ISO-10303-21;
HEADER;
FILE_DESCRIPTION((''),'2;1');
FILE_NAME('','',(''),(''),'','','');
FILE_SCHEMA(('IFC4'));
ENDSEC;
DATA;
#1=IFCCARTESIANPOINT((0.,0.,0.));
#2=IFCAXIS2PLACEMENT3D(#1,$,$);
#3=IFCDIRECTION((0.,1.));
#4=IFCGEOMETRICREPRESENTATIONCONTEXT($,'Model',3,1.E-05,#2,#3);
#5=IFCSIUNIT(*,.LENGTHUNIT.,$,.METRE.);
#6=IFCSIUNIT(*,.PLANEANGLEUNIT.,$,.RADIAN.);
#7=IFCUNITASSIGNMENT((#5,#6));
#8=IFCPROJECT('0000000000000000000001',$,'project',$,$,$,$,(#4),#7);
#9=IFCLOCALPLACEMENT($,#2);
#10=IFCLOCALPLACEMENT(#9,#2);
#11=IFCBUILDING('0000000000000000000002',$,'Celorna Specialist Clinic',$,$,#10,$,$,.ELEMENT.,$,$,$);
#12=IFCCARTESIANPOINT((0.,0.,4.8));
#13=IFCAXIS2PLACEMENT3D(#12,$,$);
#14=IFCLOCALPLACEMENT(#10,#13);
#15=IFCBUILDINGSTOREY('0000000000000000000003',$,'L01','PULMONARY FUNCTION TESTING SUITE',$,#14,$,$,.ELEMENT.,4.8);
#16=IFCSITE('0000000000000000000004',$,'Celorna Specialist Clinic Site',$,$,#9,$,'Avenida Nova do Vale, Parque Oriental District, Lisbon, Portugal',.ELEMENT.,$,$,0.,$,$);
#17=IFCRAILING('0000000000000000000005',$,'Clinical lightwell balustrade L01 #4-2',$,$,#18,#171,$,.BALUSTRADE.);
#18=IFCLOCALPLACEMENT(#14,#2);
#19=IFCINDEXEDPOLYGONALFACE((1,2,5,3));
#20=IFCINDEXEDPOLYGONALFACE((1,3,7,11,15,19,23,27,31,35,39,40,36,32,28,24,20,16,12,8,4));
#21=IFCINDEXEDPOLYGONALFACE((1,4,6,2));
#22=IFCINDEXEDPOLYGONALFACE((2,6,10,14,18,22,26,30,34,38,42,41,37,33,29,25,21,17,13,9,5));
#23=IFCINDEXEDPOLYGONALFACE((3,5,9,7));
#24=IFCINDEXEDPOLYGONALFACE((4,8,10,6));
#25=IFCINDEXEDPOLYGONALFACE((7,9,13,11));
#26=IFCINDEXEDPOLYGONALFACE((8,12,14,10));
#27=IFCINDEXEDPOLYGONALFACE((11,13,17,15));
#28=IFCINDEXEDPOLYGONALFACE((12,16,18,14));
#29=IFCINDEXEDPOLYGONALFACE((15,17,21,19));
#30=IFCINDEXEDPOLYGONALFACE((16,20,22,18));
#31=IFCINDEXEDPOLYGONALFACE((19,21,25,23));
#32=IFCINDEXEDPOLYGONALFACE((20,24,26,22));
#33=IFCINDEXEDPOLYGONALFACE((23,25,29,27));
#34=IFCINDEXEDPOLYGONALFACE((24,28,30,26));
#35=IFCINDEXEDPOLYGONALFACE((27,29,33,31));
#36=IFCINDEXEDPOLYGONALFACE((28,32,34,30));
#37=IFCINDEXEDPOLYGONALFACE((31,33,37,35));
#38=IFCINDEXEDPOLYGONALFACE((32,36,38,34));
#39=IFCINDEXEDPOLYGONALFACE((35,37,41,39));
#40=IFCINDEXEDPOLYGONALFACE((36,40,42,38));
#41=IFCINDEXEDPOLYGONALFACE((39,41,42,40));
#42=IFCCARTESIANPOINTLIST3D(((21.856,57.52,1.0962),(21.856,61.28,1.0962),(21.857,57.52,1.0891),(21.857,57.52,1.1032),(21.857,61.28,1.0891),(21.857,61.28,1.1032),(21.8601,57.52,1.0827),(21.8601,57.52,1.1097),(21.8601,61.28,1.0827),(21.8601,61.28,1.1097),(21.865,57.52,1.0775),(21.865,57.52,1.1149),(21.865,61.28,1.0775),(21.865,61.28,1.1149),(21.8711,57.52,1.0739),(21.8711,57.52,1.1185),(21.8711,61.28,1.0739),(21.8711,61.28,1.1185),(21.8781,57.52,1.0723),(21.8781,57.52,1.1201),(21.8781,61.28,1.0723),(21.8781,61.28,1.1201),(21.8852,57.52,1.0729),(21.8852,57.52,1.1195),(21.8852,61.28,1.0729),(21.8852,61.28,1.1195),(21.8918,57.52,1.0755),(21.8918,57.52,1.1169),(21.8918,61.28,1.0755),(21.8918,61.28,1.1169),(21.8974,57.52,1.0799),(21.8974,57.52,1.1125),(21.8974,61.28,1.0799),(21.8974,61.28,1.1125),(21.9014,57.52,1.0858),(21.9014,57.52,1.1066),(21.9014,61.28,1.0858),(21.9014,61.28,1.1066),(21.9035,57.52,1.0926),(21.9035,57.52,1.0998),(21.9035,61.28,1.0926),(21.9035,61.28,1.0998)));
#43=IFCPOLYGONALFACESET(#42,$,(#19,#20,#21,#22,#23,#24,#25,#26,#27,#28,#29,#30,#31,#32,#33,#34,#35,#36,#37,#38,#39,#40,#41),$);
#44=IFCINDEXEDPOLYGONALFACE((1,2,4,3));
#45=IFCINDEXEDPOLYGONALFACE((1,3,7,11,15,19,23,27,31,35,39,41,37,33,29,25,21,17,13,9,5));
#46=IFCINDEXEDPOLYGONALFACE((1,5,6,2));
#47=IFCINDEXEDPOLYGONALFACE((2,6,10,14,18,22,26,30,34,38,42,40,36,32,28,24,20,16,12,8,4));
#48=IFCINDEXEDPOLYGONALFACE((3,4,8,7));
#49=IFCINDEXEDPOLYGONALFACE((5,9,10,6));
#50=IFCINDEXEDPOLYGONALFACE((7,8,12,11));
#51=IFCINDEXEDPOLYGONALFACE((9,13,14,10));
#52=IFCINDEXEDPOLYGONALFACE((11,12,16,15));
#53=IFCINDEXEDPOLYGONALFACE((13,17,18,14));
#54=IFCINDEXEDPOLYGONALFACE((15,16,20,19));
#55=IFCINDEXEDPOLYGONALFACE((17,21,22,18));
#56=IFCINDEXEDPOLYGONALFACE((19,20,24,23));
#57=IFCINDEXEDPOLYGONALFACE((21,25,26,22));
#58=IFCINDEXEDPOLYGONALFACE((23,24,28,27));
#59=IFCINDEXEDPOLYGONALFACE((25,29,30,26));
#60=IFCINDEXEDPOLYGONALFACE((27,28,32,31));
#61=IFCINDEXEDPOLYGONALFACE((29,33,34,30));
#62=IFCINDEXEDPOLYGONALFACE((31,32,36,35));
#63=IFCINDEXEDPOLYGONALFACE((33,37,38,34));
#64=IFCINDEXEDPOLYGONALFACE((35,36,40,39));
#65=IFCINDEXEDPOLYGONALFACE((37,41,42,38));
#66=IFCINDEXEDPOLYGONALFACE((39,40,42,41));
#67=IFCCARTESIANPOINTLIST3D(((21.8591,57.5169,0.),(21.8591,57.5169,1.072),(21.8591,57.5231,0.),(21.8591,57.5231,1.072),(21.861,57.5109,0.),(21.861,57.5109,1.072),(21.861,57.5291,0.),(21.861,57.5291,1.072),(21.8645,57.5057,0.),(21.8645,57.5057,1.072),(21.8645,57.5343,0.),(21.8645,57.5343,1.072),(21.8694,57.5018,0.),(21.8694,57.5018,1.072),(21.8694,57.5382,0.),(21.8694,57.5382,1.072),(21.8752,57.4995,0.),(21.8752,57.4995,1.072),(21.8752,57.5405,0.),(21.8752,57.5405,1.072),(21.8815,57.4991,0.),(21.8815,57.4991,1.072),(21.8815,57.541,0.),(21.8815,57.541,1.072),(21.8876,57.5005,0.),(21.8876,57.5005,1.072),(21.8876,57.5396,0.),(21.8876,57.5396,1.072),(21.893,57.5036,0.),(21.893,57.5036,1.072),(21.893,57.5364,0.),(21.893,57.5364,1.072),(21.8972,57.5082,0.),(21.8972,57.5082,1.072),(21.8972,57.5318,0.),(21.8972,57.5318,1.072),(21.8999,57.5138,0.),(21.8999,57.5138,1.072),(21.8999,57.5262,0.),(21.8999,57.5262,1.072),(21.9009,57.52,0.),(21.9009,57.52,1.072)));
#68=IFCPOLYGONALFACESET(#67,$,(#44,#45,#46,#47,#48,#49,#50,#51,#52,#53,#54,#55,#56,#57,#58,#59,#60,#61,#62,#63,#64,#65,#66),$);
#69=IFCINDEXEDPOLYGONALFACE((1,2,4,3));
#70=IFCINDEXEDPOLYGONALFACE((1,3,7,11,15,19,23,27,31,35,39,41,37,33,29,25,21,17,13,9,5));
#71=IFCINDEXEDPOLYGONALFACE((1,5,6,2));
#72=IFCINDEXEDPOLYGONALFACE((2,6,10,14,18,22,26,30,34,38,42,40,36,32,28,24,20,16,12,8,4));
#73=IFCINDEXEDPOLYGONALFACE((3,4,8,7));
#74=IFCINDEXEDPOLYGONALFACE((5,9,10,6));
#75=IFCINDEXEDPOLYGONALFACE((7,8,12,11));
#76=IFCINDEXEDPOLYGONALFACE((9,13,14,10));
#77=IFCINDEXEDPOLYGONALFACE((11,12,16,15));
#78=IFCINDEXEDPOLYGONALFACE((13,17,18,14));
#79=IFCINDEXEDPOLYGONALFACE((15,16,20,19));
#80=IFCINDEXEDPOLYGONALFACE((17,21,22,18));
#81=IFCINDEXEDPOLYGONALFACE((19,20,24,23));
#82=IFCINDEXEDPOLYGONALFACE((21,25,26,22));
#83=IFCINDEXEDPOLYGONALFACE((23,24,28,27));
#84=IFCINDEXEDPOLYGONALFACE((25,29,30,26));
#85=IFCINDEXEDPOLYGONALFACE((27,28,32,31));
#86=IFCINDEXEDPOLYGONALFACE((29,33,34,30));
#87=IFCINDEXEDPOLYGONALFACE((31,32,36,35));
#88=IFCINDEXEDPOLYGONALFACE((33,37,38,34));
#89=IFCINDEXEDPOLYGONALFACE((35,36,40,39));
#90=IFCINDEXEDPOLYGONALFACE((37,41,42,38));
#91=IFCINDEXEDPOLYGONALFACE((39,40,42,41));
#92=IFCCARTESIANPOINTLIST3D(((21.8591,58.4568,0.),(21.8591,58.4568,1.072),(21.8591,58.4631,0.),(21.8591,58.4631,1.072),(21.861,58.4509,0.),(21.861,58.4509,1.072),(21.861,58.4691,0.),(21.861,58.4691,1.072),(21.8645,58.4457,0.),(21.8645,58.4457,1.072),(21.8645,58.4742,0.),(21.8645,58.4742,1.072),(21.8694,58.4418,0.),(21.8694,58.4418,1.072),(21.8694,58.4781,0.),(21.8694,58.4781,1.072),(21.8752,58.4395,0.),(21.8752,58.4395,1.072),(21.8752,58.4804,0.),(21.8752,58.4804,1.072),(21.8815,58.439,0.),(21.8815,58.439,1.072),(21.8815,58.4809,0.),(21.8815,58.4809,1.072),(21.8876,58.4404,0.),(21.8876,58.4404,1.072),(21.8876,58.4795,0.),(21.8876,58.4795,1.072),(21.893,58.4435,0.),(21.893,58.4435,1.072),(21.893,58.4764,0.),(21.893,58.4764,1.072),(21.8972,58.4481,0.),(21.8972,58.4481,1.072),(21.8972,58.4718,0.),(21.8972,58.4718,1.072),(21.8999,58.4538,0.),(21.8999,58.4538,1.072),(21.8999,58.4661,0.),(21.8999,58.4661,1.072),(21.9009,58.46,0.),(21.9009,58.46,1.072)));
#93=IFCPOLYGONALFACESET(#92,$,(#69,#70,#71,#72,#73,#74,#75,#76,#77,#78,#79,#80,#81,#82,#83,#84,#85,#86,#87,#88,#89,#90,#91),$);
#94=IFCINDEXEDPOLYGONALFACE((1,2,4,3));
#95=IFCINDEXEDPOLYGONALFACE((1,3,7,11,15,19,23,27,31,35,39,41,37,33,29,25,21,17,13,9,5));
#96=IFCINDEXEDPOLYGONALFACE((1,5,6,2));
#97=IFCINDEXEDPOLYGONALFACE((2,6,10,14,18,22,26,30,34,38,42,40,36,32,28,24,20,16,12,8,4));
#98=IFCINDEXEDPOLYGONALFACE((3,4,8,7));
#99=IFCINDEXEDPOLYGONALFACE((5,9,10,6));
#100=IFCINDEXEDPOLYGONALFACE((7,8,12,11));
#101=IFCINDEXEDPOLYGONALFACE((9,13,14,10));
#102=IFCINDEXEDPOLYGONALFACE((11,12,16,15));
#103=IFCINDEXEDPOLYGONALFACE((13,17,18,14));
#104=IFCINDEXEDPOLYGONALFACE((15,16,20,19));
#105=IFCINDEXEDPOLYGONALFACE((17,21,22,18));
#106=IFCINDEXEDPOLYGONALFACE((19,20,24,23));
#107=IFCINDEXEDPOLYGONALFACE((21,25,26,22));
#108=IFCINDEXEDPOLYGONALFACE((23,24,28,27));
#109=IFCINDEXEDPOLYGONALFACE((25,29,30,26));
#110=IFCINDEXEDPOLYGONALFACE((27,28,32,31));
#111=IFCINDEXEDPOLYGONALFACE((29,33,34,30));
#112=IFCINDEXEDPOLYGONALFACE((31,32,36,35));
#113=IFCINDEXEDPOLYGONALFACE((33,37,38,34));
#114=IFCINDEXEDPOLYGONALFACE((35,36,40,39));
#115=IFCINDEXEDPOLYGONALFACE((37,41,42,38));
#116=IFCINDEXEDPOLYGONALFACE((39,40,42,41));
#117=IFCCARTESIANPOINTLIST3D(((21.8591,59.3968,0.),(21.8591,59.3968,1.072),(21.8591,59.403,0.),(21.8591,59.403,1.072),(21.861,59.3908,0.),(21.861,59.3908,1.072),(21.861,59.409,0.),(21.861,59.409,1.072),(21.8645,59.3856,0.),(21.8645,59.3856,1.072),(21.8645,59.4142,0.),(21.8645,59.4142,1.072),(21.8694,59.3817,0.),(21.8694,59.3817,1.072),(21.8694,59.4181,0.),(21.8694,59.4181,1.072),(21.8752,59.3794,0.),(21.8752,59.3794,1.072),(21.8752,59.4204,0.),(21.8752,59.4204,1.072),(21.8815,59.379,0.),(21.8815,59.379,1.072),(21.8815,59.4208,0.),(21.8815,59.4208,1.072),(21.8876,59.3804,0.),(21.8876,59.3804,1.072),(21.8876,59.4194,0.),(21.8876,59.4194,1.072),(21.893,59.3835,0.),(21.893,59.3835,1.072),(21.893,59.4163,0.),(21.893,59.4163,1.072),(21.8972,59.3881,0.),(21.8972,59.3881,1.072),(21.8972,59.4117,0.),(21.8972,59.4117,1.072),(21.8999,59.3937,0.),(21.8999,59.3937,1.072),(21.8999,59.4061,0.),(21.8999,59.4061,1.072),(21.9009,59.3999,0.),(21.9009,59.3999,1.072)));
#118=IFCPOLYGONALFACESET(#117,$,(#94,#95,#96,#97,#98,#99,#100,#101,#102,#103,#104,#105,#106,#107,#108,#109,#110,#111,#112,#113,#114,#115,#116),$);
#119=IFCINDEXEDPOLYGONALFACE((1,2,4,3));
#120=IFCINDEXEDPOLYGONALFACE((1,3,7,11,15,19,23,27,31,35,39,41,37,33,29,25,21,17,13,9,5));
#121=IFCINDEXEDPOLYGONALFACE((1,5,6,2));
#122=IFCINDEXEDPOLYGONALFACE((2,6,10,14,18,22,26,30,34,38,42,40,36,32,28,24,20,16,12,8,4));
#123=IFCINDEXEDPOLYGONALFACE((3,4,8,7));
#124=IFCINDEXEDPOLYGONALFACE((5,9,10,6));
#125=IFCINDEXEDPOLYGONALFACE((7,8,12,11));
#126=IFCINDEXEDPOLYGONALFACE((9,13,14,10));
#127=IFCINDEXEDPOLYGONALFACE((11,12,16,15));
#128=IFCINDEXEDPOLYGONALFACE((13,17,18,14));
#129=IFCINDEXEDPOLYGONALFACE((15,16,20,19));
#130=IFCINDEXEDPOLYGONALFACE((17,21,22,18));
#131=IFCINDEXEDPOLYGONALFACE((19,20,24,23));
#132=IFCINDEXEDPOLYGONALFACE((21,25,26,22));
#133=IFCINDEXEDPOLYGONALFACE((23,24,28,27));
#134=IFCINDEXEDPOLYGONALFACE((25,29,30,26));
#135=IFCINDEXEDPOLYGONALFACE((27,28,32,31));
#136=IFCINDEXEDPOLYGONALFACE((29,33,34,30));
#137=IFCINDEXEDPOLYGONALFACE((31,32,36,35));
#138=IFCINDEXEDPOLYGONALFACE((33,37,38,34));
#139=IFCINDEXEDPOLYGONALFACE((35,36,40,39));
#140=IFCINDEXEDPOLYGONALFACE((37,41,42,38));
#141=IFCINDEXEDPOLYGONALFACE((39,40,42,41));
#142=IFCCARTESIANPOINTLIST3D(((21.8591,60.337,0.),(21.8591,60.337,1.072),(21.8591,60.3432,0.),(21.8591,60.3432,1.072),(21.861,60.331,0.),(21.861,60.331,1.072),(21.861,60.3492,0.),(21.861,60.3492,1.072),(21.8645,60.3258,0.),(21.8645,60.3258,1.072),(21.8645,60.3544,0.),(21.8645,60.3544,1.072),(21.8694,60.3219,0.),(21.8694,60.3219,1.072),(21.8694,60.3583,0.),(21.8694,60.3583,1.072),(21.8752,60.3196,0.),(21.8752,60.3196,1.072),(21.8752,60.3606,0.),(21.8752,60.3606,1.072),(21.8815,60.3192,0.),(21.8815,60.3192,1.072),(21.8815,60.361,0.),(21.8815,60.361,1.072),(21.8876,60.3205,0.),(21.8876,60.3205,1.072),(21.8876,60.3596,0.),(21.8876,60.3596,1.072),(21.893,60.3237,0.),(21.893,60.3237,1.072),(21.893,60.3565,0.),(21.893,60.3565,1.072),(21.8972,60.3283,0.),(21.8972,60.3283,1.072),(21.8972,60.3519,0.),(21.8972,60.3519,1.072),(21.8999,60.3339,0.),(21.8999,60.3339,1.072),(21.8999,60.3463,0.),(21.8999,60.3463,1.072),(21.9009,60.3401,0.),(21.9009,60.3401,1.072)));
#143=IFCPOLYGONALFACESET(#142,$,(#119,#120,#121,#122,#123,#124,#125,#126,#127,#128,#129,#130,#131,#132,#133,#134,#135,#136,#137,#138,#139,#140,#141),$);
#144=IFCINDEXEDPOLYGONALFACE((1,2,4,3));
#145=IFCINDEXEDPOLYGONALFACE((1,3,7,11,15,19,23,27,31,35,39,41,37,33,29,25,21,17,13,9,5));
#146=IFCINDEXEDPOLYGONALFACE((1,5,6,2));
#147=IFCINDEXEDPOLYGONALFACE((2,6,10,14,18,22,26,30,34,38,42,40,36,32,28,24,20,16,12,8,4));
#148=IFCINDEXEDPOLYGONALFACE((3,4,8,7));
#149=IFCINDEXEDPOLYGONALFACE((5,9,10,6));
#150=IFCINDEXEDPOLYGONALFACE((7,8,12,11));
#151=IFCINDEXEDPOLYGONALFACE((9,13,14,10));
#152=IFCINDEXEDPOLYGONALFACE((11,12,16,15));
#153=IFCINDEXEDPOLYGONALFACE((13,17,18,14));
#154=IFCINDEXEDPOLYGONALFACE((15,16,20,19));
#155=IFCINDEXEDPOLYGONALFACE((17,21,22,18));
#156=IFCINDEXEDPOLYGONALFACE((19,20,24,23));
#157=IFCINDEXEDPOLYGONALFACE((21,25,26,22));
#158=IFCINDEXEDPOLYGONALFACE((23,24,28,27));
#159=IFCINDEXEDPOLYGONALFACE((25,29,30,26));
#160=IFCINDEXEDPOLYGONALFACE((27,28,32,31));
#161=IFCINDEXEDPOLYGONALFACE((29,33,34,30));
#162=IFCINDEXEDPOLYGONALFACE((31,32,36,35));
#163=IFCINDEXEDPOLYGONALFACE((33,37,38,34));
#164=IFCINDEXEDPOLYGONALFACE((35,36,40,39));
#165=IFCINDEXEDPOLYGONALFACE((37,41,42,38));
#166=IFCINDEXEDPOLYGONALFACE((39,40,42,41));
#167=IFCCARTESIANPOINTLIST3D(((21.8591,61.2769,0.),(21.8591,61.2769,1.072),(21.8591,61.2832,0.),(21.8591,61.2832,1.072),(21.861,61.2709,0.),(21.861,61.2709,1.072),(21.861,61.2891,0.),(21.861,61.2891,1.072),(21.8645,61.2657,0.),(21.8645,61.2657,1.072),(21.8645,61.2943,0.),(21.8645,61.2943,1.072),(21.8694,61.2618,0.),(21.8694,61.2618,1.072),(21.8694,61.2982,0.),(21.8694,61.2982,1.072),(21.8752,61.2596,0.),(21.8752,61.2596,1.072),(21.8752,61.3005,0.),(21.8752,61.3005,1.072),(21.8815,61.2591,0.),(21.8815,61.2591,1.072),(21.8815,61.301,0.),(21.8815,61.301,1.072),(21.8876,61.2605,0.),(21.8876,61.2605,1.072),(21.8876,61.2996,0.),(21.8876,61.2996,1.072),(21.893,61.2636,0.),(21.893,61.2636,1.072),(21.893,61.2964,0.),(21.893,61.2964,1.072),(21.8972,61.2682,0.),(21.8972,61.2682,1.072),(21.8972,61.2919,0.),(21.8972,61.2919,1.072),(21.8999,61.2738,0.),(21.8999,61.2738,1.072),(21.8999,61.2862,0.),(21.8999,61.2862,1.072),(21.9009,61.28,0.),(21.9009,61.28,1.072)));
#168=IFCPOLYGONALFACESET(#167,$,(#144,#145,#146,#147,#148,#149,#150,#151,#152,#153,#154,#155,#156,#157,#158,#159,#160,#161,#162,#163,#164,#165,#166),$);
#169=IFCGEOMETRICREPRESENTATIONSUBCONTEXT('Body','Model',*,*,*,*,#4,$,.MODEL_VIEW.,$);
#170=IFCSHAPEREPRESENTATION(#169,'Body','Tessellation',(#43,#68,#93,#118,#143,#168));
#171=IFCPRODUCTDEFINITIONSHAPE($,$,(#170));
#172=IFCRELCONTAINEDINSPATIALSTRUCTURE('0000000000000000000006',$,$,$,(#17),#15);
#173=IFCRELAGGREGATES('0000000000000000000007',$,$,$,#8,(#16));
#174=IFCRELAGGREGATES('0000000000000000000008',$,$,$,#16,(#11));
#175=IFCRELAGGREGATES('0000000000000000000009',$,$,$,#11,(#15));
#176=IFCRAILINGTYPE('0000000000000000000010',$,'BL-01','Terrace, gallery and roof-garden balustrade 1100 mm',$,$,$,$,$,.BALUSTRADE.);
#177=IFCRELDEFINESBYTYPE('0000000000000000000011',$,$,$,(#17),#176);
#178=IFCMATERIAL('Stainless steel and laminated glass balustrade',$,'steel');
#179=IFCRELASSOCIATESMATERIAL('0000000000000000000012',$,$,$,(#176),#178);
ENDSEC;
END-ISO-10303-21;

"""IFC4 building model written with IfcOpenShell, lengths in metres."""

from ifc_helpers import new_model, si_unit, direction, frame, origin, origin_2d, place, context, subcontext, project, spatial, circle, extrude, material, type_object, element, save


model = new_model("IFC4")

# Units and contexts
model_context = context("Model", 3, precision=1e-05, world=origin(), true_north=direction((0.0, 1.0)))
body_context = subcontext(model_context, "Body", "Model", "MODEL_VIEW")
ifc_project = project(units=[si_unit("LENGTHUNIT", "METRE"), si_unit("PLANEANGLEUNIT", "RADIAN")], contexts=[model_context])

# Site, building, storey
site_placement = place(None, origin())
site = spatial("IfcSite", under=ifc_project, at=site_placement, Name="Celorna Specialist Clinic Site", LongName="Avenida Nova do Vale, Parque Oriental District, Lisbon, Portugal", CompositionType="ELEMENT", RefElevation=0.0)
building_placement = place(site_placement, origin())
building = spatial("IfcBuilding", under=site, at=building_placement, Name="Celorna Specialist Clinic", CompositionType="ELEMENT")
storey_placement = place(building_placement, frame((0.0, 0.0, 4.8)))
storey = spatial("IfcBuildingStorey", under=building, at=storey_placement, Name="L01", Description="PULMONARY FUNCTION TESTING SUITE", CompositionType="ELEMENT", Elevation=4.8)

# Railing
ifc_material_1 = material(Name="Stainless steel and laminated glass balustrade", Category="steel")
railing_type = type_object("IfcRailingType", Name="BL-01", Description="Terrace, gallery and roof-garden balustrade 1100 mm", PredefinedType="BALUSTRADE", material=ifc_material_1)
railing_1_placement = place(storey_placement, frame((21.8799, 57.52, 0.0)))
element("IfcRailing", 1, at=railing_1_placement, inside=storey, type_object=railing_type, Name="Clinical lightwell balustrade L01 #4-2", PredefinedType="BALUSTRADE", context=body_context, shape_type="SweptSolid", body=[
    extrude(circle(Radius=0.0239, at=origin_2d()), frame((0.0, 0.0, 1.0962), z_axis=(0.0, 1.0, 0.0), x_axis=(-1.0, 0.0, 0.0)), (0.0, 0.0, 1.0), 3.76),
    extrude(circle(Radius=0.021, at=origin_2d()), origin(), (0.0, 0.0, 1.0), 1.072),
    extrude(circle(Radius=0.021, at=origin_2d()), frame((0.0, 0.9399, 0.0)), (0.0, 0.0, 1.0), 1.072),
    extrude(circle(Radius=0.021, at=origin_2d()), frame((0.0, 1.8799, 0.0)), (0.0, 0.0, 1.0), 1.072),
    extrude(circle(Radius=0.021, at=origin_2d()), frame((0.0, 2.8201, 0.0)), (0.0, 0.0, 1.0), 1.072),
    extrude(circle(Radius=0.021, at=origin_2d()), frame((0.0, 3.76, 0.0)), (0.0, 0.0, 1.0), 1.072),
])

save(model, "model.ifc")
